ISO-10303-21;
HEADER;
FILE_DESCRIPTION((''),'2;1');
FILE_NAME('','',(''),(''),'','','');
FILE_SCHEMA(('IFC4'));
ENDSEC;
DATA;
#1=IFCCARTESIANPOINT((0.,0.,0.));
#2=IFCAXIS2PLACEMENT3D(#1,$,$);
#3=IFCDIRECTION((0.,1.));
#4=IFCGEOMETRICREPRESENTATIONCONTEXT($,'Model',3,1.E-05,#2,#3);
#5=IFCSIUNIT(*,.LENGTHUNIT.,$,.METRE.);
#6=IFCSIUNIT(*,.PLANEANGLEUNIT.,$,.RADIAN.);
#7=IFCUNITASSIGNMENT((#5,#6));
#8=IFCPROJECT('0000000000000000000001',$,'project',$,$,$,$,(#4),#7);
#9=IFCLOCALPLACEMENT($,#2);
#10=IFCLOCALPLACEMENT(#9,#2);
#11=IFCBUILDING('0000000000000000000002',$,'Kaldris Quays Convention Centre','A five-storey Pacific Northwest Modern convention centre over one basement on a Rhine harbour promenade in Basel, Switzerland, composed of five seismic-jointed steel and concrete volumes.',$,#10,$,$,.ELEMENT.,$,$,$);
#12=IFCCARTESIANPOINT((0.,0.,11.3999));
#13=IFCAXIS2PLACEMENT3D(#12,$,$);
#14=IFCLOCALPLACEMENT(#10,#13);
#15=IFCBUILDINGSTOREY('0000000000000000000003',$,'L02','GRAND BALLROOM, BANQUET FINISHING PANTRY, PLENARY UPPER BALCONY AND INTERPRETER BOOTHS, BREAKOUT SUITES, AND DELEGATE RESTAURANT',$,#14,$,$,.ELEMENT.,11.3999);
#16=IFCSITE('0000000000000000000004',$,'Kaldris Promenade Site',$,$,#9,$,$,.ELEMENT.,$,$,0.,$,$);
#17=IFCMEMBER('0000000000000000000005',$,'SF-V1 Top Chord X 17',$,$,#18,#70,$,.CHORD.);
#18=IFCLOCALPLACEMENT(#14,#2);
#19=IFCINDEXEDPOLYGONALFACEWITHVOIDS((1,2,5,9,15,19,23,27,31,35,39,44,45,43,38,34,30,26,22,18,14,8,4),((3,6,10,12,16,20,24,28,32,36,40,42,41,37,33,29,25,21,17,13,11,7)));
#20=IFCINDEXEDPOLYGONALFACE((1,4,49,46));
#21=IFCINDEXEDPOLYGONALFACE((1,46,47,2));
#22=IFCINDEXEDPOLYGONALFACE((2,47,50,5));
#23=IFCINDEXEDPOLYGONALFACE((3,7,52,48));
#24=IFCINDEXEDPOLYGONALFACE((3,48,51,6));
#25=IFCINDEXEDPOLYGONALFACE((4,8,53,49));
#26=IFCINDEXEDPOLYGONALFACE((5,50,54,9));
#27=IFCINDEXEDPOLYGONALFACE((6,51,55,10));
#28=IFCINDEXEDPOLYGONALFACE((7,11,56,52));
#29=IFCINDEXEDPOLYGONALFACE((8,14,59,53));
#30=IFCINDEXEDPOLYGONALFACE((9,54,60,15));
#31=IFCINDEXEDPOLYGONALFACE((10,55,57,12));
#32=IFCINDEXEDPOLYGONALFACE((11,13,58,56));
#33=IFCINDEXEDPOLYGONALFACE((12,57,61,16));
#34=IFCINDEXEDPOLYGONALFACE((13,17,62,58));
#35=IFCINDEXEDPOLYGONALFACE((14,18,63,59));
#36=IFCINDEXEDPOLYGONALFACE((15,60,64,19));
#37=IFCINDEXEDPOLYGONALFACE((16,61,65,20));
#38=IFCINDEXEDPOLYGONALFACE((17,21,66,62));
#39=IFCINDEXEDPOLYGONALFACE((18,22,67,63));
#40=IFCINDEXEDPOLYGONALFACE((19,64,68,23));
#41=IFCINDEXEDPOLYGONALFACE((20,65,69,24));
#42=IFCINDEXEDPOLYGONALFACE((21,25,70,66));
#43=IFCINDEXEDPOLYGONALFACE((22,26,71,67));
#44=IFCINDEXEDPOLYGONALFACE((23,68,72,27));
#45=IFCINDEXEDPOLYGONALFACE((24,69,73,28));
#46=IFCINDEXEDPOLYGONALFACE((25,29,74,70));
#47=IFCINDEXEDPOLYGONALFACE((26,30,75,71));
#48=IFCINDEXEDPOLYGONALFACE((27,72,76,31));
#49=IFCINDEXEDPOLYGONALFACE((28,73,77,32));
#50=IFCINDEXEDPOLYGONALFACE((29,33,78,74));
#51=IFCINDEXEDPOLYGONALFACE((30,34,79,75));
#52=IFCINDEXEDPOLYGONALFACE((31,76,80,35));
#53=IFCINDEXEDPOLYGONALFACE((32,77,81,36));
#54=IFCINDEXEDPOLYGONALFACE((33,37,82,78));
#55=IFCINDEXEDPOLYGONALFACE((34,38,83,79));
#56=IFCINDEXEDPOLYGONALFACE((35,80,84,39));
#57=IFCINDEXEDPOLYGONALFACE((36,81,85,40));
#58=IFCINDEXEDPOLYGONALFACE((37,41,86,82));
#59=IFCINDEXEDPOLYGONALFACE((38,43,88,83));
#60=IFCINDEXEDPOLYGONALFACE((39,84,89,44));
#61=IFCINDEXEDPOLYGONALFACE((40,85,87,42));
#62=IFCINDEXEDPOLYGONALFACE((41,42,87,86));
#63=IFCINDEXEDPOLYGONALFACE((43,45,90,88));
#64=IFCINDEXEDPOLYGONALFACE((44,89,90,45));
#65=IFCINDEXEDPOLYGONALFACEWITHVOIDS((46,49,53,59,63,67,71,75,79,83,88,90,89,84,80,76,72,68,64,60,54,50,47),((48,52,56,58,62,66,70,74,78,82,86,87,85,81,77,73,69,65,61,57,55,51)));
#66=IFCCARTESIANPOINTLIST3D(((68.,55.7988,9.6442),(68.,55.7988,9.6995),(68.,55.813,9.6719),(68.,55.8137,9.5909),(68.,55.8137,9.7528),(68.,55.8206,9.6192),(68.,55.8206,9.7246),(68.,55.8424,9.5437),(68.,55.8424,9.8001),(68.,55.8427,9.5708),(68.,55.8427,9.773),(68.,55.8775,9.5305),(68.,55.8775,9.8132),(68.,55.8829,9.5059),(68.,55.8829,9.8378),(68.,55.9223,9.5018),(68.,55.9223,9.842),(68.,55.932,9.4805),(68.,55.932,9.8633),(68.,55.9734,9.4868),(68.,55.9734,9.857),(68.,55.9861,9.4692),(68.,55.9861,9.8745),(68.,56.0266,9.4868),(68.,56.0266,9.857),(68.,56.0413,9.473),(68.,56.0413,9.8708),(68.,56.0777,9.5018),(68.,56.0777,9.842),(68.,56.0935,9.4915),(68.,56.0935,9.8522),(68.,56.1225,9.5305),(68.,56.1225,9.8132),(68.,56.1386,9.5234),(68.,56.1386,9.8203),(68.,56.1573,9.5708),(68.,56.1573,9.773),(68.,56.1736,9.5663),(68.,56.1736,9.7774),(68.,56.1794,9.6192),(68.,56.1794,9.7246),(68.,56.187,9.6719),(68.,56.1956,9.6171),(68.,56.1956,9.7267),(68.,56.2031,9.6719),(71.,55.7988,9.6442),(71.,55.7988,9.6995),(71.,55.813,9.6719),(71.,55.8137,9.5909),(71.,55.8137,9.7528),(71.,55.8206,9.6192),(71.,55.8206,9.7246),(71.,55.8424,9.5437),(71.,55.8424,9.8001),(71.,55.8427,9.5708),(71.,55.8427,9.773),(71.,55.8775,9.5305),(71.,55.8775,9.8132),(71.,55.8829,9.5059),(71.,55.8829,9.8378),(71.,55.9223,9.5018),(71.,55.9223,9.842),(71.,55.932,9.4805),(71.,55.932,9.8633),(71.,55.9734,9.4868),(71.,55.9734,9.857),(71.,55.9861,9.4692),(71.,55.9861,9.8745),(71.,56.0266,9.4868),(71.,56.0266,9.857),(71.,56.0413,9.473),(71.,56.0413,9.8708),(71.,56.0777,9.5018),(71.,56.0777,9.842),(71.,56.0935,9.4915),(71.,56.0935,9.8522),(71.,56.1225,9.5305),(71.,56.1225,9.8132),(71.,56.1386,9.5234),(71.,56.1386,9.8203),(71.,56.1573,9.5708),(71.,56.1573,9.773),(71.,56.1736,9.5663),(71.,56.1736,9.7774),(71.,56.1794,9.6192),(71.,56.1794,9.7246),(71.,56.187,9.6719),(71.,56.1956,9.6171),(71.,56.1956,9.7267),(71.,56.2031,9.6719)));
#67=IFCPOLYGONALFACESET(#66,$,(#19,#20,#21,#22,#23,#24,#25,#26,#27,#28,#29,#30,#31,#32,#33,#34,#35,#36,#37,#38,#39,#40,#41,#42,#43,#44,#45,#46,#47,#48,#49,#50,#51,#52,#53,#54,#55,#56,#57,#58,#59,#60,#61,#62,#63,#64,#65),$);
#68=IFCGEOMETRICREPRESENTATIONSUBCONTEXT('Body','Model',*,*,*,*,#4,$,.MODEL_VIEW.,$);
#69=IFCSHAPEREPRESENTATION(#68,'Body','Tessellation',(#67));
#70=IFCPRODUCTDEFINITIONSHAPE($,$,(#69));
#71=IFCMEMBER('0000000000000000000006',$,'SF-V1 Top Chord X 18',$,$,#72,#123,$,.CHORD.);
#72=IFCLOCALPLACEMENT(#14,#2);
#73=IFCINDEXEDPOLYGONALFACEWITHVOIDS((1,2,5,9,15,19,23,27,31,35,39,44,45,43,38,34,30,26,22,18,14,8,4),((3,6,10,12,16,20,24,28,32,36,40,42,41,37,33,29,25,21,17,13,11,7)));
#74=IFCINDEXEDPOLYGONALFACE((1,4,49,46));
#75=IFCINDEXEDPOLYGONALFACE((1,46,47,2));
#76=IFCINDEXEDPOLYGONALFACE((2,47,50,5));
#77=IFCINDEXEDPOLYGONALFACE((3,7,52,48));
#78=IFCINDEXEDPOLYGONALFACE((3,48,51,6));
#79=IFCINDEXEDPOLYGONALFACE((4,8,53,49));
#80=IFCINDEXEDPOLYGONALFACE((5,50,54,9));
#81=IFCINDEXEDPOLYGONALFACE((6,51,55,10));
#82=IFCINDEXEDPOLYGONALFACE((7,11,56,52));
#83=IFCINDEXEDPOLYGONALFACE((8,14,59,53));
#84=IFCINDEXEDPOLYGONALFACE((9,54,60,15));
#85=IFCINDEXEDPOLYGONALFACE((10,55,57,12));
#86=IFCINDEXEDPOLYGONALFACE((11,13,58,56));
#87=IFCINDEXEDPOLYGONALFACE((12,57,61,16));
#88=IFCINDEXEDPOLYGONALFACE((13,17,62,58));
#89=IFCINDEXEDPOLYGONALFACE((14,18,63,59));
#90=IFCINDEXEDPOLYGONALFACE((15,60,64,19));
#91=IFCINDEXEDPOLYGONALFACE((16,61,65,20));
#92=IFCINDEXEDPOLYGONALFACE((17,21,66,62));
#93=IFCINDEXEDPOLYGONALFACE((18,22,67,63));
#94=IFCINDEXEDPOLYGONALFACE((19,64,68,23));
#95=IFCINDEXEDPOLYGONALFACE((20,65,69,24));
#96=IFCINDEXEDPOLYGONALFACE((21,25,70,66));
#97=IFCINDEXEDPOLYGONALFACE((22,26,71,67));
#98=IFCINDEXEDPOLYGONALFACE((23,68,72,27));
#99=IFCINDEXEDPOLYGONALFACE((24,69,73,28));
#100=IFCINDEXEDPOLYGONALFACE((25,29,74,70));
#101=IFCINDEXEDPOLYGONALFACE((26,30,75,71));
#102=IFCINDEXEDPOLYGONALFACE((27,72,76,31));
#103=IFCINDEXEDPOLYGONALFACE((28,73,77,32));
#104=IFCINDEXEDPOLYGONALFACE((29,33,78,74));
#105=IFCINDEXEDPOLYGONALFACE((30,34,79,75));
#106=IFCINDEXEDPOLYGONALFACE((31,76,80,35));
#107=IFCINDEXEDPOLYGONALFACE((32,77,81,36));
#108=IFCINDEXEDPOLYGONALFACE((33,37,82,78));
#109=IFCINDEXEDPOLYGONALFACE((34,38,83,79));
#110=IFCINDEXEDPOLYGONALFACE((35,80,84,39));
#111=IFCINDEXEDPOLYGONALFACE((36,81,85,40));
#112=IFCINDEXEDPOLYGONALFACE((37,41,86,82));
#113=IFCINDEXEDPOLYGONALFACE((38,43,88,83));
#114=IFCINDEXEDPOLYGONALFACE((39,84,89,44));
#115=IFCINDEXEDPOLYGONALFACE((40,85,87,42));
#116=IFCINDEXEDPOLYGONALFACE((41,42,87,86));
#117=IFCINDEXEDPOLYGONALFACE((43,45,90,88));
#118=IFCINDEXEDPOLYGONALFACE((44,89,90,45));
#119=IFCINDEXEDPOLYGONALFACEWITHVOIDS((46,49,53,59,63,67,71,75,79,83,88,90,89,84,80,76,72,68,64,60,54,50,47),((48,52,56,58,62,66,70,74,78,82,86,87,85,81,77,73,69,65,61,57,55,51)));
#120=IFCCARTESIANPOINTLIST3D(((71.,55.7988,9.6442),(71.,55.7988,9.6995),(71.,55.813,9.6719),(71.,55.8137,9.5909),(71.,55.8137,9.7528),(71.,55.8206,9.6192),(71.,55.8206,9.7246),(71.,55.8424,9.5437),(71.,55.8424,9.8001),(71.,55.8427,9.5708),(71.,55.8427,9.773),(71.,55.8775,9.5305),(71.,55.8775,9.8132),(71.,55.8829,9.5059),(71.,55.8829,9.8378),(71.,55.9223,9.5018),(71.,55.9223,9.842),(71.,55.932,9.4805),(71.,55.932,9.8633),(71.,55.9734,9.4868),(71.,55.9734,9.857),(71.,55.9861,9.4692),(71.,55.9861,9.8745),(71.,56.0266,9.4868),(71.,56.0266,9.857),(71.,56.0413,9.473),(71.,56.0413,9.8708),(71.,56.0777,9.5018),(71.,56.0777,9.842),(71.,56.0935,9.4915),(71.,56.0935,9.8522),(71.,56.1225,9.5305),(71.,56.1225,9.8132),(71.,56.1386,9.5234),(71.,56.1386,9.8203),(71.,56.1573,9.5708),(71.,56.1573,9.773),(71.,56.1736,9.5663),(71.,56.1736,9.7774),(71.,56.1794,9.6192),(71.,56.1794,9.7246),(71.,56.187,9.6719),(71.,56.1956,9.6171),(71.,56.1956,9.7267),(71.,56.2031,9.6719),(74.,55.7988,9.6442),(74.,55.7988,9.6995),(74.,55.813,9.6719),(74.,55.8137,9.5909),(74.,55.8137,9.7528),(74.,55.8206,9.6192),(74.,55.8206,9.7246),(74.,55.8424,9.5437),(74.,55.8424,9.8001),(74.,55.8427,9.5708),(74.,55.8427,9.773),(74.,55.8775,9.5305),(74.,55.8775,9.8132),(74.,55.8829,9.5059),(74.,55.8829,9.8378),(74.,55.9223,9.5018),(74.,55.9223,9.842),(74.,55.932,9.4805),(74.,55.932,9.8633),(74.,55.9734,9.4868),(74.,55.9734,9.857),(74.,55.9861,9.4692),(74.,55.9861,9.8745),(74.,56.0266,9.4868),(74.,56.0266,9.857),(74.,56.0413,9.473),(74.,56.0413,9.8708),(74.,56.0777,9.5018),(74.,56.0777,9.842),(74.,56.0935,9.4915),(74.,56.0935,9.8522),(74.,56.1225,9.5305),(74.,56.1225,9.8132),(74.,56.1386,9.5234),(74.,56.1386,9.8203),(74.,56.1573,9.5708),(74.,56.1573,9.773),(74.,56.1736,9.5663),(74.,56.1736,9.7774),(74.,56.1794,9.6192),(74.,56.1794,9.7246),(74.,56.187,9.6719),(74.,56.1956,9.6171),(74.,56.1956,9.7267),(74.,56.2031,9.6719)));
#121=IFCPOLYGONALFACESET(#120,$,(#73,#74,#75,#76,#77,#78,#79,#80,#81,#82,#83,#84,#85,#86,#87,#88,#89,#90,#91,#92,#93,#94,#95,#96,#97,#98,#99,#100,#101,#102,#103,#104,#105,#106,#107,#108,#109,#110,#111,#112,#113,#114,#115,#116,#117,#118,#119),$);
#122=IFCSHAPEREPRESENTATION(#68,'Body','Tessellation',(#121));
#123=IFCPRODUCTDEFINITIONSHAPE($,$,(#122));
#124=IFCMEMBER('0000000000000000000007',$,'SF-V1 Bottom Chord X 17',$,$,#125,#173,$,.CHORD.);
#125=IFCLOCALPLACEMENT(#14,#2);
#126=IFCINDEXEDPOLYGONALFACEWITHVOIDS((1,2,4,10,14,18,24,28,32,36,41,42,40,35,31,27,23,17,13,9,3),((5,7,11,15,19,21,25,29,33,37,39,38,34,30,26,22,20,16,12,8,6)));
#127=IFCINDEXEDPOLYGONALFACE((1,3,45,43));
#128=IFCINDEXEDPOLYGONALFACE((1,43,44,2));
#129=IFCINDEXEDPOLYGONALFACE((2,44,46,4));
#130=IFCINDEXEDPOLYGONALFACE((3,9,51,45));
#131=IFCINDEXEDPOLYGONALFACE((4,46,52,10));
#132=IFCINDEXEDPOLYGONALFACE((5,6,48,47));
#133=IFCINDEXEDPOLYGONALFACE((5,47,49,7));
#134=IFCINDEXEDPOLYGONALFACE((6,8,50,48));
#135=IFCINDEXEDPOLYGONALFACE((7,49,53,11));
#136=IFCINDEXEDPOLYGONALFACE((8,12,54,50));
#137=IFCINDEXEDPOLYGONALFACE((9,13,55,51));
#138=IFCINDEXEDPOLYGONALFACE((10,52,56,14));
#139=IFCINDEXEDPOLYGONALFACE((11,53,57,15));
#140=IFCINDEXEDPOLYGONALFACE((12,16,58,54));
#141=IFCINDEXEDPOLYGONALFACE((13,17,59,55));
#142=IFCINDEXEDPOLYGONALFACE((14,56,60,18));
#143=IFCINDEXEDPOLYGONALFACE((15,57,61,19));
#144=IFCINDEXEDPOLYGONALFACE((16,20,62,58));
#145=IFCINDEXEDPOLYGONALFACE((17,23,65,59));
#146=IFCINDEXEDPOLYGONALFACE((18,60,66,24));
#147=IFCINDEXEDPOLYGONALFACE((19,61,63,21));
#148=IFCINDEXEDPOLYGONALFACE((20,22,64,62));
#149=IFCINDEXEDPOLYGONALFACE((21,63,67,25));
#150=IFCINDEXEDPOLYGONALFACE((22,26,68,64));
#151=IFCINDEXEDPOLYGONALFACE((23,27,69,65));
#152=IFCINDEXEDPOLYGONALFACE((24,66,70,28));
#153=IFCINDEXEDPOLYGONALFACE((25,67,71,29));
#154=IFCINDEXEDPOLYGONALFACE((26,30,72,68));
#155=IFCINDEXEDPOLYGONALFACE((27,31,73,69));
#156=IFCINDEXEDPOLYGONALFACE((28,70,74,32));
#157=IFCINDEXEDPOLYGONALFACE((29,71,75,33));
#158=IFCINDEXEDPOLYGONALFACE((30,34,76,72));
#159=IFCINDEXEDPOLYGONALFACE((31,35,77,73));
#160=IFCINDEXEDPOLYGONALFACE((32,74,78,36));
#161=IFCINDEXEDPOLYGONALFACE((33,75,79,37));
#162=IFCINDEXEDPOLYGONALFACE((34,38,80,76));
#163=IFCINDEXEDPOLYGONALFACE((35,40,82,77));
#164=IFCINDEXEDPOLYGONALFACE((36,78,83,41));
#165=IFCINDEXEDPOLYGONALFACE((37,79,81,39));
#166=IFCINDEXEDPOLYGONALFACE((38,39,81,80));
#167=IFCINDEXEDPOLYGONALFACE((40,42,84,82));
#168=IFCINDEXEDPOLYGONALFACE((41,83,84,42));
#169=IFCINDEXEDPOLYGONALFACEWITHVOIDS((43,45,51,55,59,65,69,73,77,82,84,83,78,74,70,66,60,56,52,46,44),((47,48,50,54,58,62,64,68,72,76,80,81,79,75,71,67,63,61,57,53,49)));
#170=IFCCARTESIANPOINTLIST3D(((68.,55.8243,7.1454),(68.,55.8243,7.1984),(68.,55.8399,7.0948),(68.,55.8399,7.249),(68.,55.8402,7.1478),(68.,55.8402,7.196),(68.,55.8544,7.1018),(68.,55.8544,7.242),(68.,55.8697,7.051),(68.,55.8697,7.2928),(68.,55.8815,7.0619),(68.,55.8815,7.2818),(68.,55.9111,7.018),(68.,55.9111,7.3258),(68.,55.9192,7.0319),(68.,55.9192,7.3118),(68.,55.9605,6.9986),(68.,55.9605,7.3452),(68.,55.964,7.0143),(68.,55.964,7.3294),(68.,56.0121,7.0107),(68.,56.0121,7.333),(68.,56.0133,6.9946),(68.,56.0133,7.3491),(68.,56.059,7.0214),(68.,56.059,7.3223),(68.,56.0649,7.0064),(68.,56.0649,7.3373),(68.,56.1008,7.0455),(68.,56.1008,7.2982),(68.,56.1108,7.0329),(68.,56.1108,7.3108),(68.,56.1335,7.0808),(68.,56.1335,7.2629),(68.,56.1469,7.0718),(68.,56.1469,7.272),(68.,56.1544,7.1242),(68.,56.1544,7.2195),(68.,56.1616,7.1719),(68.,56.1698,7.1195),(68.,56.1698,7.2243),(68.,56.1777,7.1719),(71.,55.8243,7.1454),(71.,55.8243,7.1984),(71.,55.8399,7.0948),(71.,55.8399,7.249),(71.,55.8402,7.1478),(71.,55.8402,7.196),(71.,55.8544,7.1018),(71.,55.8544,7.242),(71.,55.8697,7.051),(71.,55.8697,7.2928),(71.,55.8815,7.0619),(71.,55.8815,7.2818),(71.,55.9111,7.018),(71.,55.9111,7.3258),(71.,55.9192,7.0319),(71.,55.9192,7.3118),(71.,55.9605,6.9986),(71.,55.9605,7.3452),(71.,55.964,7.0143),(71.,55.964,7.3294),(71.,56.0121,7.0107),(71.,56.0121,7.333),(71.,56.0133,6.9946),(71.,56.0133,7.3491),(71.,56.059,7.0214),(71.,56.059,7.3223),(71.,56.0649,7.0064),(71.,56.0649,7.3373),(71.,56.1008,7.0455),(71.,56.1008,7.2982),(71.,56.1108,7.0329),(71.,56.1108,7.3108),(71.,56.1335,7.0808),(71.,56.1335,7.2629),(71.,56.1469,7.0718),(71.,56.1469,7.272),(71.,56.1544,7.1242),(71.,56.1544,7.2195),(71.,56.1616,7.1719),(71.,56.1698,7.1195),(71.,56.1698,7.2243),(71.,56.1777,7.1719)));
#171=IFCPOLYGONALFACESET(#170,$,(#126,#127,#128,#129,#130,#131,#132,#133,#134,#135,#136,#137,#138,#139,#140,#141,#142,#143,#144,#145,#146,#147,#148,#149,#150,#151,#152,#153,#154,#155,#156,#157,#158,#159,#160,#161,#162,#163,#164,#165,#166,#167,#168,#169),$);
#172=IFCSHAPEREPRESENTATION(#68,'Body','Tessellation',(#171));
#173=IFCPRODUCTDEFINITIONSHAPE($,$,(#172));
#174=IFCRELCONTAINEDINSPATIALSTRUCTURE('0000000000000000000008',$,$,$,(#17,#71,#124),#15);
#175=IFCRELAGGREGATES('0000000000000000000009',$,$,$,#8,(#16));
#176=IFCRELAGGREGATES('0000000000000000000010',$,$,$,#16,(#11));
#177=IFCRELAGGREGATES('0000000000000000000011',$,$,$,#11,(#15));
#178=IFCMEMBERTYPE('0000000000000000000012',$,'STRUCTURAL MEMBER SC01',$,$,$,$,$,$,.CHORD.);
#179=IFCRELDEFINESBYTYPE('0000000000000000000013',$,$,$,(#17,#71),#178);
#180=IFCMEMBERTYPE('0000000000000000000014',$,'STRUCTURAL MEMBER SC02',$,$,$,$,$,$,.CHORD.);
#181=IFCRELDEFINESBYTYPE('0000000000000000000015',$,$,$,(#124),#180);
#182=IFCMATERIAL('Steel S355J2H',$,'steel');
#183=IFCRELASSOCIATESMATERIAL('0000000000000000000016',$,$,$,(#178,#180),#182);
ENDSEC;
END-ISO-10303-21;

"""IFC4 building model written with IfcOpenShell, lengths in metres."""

from ifc_helpers import new_model, si_unit, direction, frame, origin, origin_2d, place, context, subcontext, project, spatial, hollow_circle, extrude, material, material_profile, profile_set, type_object, element, save


model = new_model("IFC4")

# Units and contexts
model_context = context("Model", 3, precision=1e-05, world=origin(), true_north=direction((0.0, 1.0)))
body_context = subcontext(model_context, "Body", "Model", "MODEL_VIEW")
ifc_project = project(units=[si_unit("LENGTHUNIT", "METRE"), si_unit("PLANEANGLEUNIT", "RADIAN")], contexts=[model_context])

# Site, building, storey
site_placement = place(None, origin())
site = spatial("IfcSite", under=ifc_project, at=site_placement, Name="Kaldris Promenade Site", CompositionType="ELEMENT", RefElevation=0.0)
building_placement = place(site_placement, origin())
building = spatial("IfcBuilding", under=site, at=building_placement, Name="Kaldris Quays Convention Centre", Description="A five-storey Pacific Northwest Modern convention centre over one basement on a Rhine harbour promenade in Basel, Switzerland, composed of five seismic-jointed steel and concrete volumes.", CompositionType="ELEMENT")
storey_placement = place(building_placement, frame((0.0, 0.0, 11.3999)))
storey = spatial("IfcBuildingStorey", under=building, at=storey_placement, Name="L02", Description="GRAND BALLROOM, BANQUET FINISHING PANTRY, PLENARY UPPER BALCONY AND INTERPRETER BOOTHS, BREAKOUT SUITES, AND DELEGATE RESTAURANT", CompositionType="ELEMENT", Elevation=11.3999)

# Members
ifc_material_1 = material(Name="Steel S355J2H", Category="steel")
ifc_material_profile_1 = material_profile(ifc_material_1, hollow_circle(Radius=0.2031, WallThickness=0.0161, at=origin_2d()), Name="CHS 406.4x16")
ifc_profile_set_1 = profile_set([ifc_material_profile_1], Name="Steel S355J2H")
member_type_1 = type_object("IfcMemberType", Name="STRUCTURAL MEMBER SC01", PredefinedType="CHORD", material=ifc_profile_set_1)
for number, where, z_axis, x_axis, name in (
    (1, (68.0, 56.0, 9.6719), (1.0, 0.0, 0.0), (0.0, 1.0, 0.0), "SF-V1 Top Chord X 17"),
    (2, (71.0, 56.0, 9.6719), (1.0, 0.0, 0.0), (0.0, 1.0, 0.0), "SF-V1 Top Chord X 18"),
):
    element("IfcMember", number, at=place(storey_placement, frame(where, z_axis=z_axis, x_axis=x_axis)), inside=storey, type_object=member_type_1, Name=name, PredefinedType="CHORD", context=body_context, shape_type="SweptSolid", body=[
        extrude(hollow_circle(Radius=0.2031, WallThickness=0.0161, at=origin_2d()), origin(), (0.0, 0.0, 1.0), 3.0),
    ])
ifc_material_profile_2 = material_profile(ifc_material_1, hollow_circle(Radius=0.1777, WallThickness=0.0161, at=origin_2d()), Name="CHS 355.6x16")
ifc_profile_set_2 = profile_set([ifc_material_profile_2], Name="Steel S355J2H")
member_type_2 = type_object("IfcMemberType", Name="STRUCTURAL MEMBER SC02", PredefinedType="CHORD", material=ifc_profile_set_2)
for number, where, z_axis, x_axis, name in (
    (3, (68.0, 56.0, 7.1719), (1.0, 0.0, 0.0), (0.0, 1.0, 0.0), "SF-V1 Bottom Chord X 17"),
):
    element("IfcMember", number, at=place(storey_placement, frame(where, z_axis=z_axis, x_axis=x_axis)), inside=storey, type_object=member_type_2, Name=name, PredefinedType="CHORD", context=body_context, shape_type="SweptSolid", body=[
        extrude(hollow_circle(Radius=0.1777, WallThickness=0.0161, at=origin_2d()), origin(), (0.0, 0.0, 1.0), 3.0),
    ])

save(model, "model.ifc")
